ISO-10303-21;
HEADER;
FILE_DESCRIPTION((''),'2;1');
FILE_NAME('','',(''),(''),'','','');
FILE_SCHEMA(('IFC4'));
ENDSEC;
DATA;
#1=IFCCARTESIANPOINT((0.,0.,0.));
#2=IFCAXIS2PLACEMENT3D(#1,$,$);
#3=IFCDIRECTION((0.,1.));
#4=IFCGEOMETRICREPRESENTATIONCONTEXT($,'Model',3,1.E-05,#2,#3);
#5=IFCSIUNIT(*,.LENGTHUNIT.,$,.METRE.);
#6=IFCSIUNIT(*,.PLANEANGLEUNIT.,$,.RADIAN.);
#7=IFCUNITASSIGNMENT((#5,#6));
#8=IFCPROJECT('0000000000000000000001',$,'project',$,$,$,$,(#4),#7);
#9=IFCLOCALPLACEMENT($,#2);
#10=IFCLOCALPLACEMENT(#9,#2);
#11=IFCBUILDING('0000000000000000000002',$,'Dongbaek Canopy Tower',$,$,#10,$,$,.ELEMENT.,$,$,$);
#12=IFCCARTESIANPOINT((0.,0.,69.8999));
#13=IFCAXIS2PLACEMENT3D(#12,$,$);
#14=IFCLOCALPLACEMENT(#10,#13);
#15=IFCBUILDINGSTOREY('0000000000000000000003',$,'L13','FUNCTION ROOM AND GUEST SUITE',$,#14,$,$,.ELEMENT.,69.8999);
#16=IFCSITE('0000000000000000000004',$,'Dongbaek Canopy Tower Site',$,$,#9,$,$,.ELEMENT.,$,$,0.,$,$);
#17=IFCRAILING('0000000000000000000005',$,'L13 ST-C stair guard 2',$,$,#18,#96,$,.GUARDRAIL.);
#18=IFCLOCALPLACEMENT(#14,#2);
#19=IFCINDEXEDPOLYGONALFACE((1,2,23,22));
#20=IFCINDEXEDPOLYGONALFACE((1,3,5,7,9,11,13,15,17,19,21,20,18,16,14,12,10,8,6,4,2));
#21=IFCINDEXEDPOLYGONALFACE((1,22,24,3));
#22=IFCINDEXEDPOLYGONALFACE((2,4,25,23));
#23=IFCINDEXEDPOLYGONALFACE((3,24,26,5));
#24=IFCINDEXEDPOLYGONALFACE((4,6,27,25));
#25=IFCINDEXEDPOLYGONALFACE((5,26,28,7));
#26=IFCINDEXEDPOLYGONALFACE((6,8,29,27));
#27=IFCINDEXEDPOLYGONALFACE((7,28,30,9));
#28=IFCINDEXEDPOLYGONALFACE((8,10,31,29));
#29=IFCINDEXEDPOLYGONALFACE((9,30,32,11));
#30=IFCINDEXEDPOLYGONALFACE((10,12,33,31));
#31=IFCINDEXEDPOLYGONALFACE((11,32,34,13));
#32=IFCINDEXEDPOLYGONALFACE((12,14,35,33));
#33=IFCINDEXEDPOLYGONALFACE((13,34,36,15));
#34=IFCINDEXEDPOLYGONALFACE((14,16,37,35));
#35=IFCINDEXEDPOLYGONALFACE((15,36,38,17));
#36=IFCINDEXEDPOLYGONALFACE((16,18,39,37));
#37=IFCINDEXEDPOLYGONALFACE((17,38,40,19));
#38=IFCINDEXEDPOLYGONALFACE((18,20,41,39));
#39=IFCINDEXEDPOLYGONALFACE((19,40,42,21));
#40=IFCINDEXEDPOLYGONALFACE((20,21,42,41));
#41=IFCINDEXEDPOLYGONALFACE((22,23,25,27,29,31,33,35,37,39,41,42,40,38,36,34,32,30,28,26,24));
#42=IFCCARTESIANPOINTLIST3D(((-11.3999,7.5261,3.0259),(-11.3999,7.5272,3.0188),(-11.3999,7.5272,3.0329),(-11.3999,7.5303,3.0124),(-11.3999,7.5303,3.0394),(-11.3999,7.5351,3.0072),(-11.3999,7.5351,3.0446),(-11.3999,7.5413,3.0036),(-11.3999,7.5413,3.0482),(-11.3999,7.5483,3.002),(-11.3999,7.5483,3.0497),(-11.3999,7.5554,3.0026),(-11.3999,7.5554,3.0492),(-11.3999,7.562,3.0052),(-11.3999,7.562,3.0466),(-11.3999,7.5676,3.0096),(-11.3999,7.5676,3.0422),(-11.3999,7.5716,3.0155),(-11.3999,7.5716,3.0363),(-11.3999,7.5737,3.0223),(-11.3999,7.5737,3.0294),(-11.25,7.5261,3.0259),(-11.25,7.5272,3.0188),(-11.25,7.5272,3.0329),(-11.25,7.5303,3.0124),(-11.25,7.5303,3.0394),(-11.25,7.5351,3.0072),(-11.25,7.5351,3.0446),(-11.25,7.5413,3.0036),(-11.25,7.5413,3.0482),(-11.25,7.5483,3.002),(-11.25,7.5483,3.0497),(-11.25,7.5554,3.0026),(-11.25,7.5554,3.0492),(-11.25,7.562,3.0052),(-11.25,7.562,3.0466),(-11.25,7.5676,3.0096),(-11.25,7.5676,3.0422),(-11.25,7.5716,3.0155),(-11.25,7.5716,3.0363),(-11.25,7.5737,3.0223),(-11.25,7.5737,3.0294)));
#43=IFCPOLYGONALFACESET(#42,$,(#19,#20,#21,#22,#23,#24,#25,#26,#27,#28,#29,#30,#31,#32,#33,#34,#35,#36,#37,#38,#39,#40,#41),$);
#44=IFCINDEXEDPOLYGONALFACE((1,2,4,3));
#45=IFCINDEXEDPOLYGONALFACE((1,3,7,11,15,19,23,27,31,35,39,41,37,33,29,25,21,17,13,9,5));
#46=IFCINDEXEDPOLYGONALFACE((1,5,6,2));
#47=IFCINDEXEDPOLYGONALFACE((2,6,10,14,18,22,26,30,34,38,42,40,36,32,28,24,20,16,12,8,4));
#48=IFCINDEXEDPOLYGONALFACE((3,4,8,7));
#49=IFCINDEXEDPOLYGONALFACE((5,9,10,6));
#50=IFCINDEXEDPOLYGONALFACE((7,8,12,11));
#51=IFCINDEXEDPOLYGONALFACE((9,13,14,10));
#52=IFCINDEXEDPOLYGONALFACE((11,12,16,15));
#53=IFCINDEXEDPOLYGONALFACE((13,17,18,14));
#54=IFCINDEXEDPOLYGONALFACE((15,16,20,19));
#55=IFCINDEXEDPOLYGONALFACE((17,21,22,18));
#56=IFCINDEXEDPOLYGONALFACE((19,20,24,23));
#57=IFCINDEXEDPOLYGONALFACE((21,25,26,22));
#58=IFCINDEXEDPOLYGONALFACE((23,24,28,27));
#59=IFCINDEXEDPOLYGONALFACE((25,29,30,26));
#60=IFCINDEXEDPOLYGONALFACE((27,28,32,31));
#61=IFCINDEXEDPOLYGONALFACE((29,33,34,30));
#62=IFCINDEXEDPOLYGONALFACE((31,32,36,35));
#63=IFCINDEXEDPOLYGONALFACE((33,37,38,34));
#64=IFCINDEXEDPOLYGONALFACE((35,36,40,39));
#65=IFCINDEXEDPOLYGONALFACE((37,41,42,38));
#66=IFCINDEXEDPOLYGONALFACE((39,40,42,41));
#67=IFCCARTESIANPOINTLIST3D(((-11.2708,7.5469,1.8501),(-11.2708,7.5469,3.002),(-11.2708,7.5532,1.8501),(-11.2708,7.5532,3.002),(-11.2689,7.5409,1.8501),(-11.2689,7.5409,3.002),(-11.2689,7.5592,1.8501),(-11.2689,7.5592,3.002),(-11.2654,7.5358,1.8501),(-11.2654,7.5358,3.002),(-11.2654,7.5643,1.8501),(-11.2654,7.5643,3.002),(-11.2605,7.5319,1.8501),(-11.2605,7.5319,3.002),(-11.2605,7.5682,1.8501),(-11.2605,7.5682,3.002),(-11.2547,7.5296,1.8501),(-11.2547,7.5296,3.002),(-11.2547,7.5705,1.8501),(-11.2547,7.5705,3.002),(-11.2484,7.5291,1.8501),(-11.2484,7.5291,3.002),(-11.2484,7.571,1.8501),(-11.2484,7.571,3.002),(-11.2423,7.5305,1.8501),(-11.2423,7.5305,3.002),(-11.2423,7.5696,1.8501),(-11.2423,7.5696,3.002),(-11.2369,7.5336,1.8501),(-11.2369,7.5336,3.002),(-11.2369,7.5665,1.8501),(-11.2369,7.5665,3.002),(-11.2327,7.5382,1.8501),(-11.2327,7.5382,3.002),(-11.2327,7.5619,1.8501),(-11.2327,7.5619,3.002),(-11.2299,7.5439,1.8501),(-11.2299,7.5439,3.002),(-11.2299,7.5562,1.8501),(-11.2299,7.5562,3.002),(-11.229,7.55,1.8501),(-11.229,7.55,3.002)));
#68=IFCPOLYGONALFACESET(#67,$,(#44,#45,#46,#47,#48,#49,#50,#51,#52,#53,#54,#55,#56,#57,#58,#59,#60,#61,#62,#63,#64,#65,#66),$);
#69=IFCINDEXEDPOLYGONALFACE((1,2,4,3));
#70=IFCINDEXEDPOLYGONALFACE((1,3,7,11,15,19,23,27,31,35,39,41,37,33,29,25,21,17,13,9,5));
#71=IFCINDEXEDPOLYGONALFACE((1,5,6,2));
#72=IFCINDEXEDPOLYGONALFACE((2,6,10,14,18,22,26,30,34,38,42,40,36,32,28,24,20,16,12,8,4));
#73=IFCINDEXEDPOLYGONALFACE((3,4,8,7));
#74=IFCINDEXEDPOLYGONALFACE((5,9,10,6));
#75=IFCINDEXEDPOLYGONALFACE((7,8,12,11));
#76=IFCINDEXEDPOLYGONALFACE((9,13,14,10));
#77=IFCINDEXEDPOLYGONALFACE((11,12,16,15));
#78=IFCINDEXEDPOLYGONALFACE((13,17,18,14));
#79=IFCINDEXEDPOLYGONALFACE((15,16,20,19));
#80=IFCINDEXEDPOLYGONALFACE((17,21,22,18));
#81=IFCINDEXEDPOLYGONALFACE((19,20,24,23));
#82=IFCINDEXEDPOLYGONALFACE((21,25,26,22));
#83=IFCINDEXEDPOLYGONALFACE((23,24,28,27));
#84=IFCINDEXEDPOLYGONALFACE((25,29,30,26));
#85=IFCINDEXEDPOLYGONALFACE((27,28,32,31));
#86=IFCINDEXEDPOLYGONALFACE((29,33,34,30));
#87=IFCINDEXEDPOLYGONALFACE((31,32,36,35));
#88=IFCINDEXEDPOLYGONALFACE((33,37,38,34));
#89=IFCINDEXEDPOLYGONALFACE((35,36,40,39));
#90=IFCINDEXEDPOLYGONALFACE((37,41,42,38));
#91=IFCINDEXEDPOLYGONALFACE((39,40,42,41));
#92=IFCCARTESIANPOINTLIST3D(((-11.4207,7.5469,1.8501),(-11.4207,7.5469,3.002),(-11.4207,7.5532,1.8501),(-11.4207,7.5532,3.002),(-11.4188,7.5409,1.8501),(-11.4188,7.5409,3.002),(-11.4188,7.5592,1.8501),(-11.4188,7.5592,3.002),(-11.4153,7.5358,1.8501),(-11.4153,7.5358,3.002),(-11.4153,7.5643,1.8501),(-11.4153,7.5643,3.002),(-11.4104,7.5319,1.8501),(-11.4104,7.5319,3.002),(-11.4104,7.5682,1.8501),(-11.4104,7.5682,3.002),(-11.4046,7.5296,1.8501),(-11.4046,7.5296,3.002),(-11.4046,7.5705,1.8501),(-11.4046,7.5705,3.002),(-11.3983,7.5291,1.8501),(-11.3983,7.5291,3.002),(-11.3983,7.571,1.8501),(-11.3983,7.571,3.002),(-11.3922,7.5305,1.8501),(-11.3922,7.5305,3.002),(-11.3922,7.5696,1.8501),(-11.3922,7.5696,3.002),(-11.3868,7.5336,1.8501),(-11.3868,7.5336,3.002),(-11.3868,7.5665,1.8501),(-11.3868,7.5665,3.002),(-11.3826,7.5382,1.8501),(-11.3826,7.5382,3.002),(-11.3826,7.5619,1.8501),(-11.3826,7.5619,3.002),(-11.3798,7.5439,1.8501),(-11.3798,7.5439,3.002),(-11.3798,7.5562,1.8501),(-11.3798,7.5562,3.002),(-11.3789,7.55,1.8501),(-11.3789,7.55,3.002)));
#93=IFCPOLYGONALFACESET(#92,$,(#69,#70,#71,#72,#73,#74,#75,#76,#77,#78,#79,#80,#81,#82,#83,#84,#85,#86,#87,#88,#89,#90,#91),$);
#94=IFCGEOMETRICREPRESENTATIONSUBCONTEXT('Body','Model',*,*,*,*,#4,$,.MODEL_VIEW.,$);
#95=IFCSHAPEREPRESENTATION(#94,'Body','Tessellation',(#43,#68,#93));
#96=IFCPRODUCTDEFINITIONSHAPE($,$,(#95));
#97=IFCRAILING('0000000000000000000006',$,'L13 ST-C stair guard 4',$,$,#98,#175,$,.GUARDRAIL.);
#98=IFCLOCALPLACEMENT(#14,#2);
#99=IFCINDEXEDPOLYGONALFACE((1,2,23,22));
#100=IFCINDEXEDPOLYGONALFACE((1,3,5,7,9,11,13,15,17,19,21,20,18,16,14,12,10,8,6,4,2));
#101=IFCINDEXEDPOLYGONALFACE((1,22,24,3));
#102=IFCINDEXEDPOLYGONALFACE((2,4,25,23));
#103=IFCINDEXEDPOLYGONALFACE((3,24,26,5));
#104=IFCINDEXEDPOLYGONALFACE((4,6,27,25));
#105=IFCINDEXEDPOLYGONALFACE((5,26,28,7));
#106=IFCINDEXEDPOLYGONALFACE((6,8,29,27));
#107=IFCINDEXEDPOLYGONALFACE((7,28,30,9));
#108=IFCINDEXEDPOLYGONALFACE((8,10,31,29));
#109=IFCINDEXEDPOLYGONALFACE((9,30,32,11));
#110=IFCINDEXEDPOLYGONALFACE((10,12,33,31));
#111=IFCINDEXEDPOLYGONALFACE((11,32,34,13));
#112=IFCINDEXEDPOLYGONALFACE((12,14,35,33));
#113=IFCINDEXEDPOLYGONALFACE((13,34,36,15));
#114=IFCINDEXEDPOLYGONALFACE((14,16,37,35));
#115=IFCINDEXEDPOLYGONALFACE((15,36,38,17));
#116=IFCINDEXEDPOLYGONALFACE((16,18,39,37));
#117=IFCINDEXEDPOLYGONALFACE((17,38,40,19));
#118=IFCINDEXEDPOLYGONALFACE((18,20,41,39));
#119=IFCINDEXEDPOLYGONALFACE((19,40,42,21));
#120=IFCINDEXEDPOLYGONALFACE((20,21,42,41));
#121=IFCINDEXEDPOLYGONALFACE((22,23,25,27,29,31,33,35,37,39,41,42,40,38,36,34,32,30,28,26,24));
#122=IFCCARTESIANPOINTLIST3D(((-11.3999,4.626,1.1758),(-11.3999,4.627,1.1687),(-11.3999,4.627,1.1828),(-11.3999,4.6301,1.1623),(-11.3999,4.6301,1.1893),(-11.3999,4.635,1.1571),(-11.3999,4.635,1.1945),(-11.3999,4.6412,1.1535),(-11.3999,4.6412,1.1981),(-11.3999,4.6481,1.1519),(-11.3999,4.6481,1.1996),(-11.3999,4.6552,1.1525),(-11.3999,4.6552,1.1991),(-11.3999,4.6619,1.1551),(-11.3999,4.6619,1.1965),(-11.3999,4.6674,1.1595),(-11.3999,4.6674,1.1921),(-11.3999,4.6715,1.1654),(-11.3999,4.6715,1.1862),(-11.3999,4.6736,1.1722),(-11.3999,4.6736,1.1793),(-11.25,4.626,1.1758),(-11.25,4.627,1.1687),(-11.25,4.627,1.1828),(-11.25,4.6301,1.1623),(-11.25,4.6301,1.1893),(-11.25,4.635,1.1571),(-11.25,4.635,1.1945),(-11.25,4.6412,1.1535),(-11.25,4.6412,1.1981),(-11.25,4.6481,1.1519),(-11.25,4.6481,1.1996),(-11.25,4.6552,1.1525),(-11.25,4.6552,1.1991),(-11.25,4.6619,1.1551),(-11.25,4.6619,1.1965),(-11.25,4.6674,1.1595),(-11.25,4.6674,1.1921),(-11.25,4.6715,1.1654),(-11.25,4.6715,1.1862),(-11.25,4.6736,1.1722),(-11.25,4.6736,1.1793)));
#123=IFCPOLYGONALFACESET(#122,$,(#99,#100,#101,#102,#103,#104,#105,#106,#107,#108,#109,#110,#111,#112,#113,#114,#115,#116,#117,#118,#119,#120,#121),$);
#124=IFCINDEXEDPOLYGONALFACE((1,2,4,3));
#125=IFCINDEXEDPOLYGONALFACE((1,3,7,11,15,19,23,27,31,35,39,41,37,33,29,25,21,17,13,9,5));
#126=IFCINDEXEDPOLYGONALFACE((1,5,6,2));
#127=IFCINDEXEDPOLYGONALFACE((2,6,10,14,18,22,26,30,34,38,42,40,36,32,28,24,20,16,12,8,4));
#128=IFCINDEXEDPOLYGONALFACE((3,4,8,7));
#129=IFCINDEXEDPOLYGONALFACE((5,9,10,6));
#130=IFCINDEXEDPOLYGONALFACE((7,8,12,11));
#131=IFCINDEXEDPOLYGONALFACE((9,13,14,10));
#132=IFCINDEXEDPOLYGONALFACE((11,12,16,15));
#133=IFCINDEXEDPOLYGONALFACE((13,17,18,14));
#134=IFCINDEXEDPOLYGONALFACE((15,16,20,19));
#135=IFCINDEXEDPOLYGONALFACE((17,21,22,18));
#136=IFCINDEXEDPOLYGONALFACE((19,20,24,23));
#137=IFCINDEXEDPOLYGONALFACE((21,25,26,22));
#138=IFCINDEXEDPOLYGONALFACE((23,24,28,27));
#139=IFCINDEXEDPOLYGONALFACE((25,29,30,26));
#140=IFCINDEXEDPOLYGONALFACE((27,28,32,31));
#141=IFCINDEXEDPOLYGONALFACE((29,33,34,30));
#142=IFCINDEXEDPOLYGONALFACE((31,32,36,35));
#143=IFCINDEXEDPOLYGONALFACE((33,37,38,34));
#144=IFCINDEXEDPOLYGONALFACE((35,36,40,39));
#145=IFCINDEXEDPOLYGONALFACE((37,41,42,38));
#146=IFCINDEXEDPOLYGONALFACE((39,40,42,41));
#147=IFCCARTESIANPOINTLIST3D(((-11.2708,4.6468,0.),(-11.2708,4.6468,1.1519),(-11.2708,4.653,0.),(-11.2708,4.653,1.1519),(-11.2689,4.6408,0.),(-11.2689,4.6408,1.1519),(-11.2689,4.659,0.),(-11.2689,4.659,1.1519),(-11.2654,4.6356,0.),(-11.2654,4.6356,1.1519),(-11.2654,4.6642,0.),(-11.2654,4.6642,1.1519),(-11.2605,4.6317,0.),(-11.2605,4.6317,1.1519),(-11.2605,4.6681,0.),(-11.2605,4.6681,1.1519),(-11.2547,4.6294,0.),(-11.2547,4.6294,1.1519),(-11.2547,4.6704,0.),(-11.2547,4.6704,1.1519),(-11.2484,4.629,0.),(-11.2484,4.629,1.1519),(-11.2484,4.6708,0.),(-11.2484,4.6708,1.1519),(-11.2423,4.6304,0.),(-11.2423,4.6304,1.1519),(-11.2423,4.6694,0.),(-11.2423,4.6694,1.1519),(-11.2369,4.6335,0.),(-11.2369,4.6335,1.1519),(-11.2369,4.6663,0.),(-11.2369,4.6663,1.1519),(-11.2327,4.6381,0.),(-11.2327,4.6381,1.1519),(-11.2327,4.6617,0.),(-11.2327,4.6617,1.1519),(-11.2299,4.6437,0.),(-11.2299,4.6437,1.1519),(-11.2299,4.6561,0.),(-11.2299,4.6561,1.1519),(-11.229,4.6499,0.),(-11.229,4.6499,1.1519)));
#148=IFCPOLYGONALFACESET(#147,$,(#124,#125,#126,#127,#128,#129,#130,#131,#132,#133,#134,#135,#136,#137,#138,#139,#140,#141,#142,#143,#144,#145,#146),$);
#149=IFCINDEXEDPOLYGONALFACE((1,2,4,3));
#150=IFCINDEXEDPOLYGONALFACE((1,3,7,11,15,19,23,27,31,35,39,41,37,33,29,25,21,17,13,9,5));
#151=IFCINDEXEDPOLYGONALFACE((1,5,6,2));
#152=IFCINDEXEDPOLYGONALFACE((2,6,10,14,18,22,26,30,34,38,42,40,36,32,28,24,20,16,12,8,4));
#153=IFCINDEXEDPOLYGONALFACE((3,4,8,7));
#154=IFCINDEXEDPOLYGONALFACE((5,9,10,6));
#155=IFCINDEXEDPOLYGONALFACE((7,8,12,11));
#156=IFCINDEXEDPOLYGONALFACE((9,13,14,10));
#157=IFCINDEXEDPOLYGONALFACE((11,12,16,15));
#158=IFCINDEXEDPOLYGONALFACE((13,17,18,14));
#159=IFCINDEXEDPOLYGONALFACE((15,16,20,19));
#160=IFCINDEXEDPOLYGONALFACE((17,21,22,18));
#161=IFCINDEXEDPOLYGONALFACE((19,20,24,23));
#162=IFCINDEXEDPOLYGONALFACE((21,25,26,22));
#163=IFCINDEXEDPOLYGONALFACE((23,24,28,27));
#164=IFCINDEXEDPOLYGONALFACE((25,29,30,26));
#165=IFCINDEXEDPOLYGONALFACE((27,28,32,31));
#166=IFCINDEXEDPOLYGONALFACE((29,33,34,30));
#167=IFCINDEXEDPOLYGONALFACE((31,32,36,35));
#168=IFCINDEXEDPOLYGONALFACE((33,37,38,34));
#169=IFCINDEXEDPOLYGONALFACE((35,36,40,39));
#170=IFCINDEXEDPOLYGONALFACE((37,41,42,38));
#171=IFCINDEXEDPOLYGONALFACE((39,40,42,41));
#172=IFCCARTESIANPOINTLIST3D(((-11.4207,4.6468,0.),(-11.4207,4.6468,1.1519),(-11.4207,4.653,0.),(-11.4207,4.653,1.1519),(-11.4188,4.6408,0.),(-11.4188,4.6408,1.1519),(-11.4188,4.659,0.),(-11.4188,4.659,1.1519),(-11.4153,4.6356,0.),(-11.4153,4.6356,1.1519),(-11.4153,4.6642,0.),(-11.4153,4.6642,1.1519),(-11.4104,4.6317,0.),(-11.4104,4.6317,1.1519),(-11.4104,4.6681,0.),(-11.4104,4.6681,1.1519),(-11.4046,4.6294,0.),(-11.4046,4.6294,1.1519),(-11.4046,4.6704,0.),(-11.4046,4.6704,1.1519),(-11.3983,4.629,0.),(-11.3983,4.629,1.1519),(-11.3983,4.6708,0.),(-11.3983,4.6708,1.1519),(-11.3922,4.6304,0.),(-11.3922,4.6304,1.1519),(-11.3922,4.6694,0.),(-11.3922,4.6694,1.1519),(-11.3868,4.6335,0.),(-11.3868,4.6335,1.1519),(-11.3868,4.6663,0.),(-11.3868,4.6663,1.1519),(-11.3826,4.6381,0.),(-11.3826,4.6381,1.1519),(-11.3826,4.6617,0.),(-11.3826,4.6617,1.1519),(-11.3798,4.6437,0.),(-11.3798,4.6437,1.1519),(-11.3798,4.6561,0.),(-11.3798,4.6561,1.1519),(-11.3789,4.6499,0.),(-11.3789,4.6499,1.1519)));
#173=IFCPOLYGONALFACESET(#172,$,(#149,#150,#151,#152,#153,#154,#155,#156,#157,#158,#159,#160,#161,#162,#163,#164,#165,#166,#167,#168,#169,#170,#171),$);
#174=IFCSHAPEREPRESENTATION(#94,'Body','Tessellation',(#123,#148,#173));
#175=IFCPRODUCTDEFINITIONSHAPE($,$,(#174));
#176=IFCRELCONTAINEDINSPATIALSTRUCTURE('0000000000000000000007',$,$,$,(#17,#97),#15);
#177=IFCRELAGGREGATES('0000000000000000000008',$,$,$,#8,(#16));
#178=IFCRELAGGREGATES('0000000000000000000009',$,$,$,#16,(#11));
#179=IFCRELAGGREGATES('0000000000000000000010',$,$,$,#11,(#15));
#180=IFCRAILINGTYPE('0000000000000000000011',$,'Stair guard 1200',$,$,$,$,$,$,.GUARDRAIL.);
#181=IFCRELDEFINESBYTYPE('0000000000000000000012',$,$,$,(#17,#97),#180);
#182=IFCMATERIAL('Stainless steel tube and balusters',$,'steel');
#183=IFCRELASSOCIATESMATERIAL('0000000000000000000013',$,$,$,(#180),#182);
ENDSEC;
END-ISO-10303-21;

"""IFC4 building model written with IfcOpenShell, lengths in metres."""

from ifc_helpers import new_model, si_unit, direction, frame, origin, origin_2d, place, context, subcontext, project, spatial, circle, extrude, material, type_object, element, save


model = new_model("IFC4")

# Units and contexts
model_context = context("Model", 3, precision=1e-05, world=origin(), true_north=direction((0.0, 1.0)))
body_context = subcontext(model_context, "Body", "Model", "MODEL_VIEW")
ifc_project = project(units=[si_unit("LENGTHUNIT", "METRE"), si_unit("PLANEANGLEUNIT", "RADIAN")], contexts=[model_context])

# Site, building, storey
site_placement = place(None, origin())
site = spatial("IfcSite", under=ifc_project, at=site_placement, Name="Dongbaek Canopy Tower Site", CompositionType="ELEMENT", RefElevation=0.0)
building_placement = place(site_placement, origin())
building = spatial("IfcBuilding", under=site, at=building_placement, Name="Dongbaek Canopy Tower", CompositionType="ELEMENT")
storey_placement = place(building_placement, frame((0.0, 0.0, 69.8999)))
storey = spatial("IfcBuildingStorey", under=building, at=storey_placement, Name="L13", Description="FUNCTION ROOM AND GUEST SUITE", CompositionType="ELEMENT", Elevation=69.8999)

# Railings
ifc_material_1 = material(Name="Stainless steel tube and balusters", Category="steel")
railing_type_1 = type_object("IfcRailingType", Name="Stair guard 1200", PredefinedType="GUARDRAIL", material=ifc_material_1)
for number, where, name in (
    (1, (-11.25, 7.55, 1.8501), "L13 ST-C stair guard 2"),
    (2, (-11.25, 4.6499, 0.0), "L13 ST-C stair guard 4"),
):
    element("IfcRailing", number, at=place(storey_placement, frame(where)), inside=storey, type_object=railing_type_1, Name=name, PredefinedType="GUARDRAIL", context=body_context, shape_type="SweptSolid", body=[
        extrude(circle(Radius=0.0239, at=origin_2d()), frame((0.0, 0.0, 1.1758), z_axis=(-1.0, 0.0, 0.0), x_axis=(0.0, -1.0, 0.0)), (0.0, 0.0, 1.0), 0.1499),
        extrude(circle(Radius=0.021, at=origin_2d()), origin(), (0.0, 0.0, 1.0), 1.1519),
        extrude(circle(Radius=0.021, at=origin_2d()), frame((-0.1499, 0.0, 0.0)), (0.0, 0.0, 1.0), 1.1519),
    ])

save(model, "model.ifc")
